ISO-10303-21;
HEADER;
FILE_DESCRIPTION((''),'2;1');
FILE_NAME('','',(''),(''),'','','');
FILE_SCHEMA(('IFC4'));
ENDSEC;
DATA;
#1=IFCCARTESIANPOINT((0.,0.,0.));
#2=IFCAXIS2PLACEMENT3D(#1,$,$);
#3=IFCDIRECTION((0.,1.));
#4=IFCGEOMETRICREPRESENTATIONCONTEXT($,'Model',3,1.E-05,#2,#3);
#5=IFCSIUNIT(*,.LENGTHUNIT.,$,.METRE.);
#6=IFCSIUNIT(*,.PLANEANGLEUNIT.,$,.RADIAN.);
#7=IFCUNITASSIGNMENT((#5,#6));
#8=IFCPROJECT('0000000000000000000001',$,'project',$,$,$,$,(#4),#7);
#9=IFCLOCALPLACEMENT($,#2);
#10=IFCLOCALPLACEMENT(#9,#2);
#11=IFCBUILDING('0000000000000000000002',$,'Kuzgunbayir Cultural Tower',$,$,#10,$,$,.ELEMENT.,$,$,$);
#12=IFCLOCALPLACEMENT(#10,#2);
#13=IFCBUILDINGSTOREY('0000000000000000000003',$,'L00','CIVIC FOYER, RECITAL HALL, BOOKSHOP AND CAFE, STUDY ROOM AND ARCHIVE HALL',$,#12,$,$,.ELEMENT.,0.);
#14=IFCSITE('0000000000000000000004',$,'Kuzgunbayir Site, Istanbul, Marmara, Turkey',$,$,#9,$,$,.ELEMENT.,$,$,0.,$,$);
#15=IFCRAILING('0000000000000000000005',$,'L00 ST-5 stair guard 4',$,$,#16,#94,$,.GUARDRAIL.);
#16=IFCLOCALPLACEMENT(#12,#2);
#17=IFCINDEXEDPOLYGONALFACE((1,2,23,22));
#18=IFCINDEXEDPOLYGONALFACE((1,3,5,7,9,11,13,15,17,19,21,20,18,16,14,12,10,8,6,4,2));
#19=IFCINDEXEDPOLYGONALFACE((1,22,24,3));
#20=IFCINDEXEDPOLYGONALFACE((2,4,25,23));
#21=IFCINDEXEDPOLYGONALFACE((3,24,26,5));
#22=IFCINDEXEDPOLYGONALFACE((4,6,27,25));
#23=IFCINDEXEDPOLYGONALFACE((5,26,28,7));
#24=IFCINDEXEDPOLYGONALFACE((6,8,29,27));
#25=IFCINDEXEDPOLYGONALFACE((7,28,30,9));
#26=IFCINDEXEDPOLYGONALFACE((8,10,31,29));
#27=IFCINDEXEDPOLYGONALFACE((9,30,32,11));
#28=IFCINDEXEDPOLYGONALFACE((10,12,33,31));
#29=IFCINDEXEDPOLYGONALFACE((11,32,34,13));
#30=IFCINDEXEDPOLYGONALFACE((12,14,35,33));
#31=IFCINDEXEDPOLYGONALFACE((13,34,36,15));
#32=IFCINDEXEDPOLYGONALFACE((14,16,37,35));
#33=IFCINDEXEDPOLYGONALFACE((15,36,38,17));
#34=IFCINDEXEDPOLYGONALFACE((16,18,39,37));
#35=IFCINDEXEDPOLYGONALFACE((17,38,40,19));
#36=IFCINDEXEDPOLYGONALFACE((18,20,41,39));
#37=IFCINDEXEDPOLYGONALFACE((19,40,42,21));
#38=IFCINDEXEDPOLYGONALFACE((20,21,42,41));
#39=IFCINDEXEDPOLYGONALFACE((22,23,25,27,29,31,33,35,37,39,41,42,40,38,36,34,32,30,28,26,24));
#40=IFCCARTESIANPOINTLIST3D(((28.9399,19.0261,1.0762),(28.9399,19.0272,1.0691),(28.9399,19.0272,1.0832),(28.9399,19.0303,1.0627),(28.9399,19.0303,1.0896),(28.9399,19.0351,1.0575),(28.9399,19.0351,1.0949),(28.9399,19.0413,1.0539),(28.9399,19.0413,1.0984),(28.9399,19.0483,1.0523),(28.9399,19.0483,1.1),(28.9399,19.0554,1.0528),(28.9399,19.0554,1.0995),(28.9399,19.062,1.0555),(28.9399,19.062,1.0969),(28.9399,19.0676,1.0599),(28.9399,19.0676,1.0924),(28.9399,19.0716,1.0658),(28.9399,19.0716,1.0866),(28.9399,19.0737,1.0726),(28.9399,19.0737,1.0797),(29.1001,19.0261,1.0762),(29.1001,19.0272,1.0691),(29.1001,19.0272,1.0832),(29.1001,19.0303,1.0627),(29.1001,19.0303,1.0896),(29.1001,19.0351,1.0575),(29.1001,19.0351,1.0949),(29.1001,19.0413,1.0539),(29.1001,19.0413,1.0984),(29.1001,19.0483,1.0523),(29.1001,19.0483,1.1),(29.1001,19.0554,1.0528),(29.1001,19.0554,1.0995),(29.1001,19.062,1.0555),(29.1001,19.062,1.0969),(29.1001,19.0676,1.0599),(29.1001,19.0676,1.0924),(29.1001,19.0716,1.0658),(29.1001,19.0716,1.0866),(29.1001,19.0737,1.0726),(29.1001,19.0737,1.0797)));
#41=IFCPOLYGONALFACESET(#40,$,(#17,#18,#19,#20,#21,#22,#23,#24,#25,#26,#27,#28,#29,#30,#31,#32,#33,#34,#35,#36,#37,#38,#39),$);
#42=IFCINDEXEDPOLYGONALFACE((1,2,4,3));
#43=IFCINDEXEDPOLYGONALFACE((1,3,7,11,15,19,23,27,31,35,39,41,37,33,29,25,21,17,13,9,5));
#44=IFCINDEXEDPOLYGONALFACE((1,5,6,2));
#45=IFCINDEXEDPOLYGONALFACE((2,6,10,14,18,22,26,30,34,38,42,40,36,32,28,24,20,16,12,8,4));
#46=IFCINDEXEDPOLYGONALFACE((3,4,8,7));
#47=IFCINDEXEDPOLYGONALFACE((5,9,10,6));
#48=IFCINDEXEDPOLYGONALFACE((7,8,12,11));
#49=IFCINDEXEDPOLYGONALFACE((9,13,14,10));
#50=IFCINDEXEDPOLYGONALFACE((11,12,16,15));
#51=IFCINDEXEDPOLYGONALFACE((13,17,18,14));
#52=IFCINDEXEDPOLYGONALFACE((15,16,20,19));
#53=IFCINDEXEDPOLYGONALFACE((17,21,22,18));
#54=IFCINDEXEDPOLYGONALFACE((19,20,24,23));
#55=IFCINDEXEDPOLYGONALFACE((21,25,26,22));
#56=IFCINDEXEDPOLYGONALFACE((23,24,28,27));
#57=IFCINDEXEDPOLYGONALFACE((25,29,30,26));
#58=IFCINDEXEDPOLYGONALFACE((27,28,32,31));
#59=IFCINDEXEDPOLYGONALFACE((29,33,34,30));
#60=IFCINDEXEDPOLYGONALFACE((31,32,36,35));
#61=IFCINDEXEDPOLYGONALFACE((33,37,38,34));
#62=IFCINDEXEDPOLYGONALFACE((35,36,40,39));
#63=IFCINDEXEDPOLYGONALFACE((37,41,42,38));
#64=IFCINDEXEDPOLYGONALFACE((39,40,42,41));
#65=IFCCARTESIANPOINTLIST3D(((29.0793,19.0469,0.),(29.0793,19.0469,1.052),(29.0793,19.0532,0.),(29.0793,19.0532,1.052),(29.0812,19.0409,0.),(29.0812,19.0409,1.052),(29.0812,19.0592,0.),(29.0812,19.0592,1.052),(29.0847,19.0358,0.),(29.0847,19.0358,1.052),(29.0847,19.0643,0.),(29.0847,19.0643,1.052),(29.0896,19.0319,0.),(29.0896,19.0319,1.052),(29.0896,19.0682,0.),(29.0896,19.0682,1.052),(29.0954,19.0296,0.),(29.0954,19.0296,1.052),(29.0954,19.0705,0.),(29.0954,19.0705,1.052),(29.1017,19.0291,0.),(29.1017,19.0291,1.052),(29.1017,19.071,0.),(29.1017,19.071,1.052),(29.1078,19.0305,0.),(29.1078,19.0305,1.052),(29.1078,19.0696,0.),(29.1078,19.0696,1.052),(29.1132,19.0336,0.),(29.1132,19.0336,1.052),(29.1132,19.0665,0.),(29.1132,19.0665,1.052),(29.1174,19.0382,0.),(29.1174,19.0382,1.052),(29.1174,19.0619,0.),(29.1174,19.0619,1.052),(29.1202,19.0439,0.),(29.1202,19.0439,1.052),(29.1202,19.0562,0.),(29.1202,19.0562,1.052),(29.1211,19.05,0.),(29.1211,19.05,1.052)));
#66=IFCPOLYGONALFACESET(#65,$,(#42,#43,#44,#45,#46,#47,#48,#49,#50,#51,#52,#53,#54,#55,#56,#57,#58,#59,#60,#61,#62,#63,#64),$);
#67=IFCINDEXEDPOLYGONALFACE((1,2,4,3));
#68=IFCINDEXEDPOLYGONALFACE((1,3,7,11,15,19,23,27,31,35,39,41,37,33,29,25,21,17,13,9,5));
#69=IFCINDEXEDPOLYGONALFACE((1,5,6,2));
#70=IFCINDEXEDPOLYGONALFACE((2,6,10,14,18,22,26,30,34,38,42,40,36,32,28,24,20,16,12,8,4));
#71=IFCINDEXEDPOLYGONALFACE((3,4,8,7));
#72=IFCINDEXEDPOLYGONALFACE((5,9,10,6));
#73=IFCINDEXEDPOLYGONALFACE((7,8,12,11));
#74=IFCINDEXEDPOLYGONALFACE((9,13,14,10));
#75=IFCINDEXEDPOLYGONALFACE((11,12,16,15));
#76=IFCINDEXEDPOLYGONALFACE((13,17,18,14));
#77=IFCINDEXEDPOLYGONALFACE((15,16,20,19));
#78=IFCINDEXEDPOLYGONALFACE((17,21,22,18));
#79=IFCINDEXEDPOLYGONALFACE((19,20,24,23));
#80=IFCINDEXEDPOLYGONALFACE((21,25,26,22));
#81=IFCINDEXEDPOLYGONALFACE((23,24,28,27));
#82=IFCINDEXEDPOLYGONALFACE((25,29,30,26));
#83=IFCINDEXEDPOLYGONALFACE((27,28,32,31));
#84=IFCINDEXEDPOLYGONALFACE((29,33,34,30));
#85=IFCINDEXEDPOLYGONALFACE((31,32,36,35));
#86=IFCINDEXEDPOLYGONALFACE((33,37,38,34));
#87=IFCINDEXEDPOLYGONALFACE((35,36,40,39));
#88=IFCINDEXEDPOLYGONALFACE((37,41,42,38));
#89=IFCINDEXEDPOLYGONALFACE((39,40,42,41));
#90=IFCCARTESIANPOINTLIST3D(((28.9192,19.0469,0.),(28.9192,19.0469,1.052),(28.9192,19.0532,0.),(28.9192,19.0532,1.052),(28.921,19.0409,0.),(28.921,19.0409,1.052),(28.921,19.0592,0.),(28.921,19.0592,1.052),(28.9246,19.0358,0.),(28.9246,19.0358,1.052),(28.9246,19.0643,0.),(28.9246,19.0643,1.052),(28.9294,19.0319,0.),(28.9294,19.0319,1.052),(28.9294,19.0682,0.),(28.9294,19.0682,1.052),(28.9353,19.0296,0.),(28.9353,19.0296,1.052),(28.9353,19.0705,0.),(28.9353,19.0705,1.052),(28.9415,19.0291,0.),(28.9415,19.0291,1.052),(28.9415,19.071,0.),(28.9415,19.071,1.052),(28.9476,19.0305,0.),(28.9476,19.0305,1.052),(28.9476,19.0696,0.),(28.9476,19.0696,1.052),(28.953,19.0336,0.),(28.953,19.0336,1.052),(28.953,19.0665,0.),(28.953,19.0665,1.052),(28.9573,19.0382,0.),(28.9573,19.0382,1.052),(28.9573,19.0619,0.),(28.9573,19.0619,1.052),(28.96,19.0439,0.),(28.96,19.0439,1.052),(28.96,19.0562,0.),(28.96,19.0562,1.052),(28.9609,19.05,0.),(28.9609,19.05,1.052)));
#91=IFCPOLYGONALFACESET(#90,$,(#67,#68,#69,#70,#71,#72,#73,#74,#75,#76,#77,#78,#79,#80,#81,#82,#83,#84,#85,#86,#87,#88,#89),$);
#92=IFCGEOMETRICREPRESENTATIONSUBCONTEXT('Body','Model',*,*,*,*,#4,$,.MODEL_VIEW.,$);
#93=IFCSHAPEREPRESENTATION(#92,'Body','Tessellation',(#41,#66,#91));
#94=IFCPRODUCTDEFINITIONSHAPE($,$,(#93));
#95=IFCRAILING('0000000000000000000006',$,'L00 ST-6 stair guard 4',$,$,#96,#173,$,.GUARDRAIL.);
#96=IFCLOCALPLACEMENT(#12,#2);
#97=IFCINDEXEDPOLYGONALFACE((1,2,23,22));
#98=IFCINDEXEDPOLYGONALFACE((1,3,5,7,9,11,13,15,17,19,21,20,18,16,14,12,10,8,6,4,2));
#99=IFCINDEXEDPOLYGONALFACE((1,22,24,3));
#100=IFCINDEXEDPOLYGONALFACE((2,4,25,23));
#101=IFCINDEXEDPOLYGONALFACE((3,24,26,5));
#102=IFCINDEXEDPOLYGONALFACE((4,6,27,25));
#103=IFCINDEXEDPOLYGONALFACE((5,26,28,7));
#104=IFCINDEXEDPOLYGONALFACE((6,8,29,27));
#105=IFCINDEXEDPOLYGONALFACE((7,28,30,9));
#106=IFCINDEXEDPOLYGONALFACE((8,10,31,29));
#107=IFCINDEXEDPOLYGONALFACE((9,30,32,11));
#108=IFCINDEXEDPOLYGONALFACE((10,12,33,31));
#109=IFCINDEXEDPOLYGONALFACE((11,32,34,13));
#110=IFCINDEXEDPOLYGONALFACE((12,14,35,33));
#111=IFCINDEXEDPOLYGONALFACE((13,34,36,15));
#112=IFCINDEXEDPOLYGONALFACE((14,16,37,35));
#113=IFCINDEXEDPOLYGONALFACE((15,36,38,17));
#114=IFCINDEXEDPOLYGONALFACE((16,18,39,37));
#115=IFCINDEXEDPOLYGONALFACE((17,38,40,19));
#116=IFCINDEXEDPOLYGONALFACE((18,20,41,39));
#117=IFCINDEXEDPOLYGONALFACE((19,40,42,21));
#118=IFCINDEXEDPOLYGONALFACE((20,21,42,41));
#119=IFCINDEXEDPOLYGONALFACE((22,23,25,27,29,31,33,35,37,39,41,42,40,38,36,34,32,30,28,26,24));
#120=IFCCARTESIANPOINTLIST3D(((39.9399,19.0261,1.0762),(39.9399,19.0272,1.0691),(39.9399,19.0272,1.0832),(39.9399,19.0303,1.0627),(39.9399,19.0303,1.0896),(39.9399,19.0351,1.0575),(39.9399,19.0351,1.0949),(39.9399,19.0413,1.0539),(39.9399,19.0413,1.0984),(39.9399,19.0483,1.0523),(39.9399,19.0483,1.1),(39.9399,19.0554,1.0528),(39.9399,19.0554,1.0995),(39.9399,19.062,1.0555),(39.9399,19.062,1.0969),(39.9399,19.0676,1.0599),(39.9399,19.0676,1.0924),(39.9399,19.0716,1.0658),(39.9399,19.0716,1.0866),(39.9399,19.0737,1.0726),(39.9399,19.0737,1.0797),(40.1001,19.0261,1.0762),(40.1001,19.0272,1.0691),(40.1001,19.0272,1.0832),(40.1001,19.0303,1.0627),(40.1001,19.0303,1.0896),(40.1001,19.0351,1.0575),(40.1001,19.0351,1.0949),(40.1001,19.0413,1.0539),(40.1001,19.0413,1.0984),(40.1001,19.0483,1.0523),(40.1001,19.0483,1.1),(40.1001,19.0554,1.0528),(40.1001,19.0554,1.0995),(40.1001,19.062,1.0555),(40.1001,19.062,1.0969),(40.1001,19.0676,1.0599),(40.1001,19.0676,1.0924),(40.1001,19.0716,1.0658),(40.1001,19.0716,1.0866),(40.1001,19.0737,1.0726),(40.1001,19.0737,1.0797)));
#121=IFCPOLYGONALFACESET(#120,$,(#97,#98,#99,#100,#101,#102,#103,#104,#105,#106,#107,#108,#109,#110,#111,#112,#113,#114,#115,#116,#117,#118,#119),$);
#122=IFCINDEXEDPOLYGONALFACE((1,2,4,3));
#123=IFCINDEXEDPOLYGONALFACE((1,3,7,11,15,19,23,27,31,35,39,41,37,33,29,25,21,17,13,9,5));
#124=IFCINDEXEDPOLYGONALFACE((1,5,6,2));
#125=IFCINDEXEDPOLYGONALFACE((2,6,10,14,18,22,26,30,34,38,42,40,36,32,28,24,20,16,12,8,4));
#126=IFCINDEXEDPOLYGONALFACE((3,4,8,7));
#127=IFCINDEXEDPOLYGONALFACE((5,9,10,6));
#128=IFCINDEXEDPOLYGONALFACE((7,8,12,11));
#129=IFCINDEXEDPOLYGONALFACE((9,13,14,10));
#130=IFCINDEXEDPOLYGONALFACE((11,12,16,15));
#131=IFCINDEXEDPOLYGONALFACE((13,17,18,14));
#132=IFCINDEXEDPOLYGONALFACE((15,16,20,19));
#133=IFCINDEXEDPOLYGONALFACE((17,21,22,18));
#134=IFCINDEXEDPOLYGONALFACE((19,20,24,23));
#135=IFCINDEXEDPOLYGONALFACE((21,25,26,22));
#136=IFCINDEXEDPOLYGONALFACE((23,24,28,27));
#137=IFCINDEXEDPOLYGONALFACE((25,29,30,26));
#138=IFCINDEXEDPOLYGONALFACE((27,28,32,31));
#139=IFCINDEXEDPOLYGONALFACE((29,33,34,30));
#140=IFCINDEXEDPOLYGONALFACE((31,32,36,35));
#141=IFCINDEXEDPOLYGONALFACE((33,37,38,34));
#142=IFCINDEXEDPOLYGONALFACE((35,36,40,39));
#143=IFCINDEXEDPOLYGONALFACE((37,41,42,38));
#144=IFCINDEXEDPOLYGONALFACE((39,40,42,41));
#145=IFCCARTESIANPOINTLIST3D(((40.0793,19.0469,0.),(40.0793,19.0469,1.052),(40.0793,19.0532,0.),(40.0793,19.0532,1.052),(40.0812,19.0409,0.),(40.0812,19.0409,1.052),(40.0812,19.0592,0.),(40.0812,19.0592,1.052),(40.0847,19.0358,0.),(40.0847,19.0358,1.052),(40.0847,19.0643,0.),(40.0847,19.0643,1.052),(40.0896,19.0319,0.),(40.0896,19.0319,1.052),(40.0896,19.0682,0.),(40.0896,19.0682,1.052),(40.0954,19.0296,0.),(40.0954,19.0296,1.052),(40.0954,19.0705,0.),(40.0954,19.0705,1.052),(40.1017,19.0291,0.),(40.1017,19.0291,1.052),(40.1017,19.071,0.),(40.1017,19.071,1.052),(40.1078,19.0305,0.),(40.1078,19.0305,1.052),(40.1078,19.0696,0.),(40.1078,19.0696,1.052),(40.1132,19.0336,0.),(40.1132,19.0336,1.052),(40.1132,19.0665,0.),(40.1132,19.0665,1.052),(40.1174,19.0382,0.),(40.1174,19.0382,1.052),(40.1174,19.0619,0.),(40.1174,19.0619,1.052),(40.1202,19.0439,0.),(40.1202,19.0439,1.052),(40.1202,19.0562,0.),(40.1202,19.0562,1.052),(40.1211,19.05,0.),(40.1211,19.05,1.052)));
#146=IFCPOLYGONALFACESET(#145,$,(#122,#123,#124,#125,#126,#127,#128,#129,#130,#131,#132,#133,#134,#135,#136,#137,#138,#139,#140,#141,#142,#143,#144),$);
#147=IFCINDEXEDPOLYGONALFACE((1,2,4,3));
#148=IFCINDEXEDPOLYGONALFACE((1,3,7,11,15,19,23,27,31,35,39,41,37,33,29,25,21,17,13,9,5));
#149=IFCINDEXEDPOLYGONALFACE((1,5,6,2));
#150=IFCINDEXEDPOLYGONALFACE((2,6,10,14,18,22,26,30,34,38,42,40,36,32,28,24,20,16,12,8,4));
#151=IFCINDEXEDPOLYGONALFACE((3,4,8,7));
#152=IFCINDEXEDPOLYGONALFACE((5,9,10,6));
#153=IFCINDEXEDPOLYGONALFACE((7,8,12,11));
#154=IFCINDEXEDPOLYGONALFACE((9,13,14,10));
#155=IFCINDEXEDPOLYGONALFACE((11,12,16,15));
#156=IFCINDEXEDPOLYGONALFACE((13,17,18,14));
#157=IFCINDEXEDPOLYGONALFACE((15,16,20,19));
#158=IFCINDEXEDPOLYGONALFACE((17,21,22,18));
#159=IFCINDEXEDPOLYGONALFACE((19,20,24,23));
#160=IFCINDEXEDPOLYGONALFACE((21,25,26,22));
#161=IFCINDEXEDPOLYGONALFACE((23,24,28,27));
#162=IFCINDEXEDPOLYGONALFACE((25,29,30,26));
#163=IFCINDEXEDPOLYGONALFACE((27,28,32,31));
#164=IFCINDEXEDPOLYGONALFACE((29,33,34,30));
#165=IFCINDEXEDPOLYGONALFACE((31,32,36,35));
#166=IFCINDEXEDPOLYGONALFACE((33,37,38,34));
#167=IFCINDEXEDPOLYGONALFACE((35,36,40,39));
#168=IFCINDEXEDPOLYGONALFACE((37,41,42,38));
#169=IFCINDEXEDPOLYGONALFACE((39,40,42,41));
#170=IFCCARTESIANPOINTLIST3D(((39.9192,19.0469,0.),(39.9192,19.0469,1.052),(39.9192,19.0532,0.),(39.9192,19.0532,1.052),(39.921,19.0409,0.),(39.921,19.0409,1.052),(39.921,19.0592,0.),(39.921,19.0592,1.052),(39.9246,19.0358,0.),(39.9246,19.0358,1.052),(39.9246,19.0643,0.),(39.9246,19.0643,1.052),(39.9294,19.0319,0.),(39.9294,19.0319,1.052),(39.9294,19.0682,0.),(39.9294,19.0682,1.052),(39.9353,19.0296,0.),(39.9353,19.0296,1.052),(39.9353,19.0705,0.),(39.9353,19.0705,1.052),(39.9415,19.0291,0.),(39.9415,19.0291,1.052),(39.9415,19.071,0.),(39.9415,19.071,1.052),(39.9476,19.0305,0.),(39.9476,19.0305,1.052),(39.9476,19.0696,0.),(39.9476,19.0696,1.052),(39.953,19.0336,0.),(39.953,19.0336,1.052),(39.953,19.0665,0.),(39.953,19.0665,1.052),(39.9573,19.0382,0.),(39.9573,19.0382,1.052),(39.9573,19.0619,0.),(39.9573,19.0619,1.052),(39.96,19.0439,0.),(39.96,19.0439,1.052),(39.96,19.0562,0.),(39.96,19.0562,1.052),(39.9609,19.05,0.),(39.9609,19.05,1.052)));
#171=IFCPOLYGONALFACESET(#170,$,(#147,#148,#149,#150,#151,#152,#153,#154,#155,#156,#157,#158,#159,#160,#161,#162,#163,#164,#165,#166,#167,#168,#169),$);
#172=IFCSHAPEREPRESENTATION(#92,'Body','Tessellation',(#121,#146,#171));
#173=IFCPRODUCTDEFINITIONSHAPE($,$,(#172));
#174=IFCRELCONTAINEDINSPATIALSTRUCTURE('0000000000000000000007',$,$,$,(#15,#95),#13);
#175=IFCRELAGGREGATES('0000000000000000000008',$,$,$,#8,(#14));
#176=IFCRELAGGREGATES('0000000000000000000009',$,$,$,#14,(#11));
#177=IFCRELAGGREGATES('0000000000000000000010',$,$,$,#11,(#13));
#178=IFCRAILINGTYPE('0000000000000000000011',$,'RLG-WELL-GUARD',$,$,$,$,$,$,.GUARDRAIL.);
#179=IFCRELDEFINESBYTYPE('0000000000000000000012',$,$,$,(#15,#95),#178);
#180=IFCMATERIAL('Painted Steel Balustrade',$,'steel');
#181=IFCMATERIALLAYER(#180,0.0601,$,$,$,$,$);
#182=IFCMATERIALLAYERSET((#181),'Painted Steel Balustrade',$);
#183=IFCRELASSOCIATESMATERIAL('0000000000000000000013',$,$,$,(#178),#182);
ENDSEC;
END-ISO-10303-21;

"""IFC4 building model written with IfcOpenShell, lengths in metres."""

from ifc_helpers import new_model, si_unit, direction, frame, origin, origin_2d, place, context, subcontext, project, spatial, circle, extrude, material, layer, layer_set, type_object, element, save


model = new_model("IFC4")

# Units and contexts
model_context = context("Model", 3, precision=1e-05, world=origin(), true_north=direction((0.0, 1.0)))
body_context = subcontext(model_context, "Body", "Model", "MODEL_VIEW")
ifc_project = project(units=[si_unit("LENGTHUNIT", "METRE"), si_unit("PLANEANGLEUNIT", "RADIAN")], contexts=[model_context])

# Site, building, storey
site_placement = place(None, origin())
site = spatial("IfcSite", under=ifc_project, at=site_placement, Name="Kuzgunbayir Site, Istanbul, Marmara, Turkey", CompositionType="ELEMENT", RefElevation=0.0)
building_placement = place(site_placement, origin())
building = spatial("IfcBuilding", under=site, at=building_placement, Name="Kuzgunbayir Cultural Tower", CompositionType="ELEMENT")
storey_placement = place(building_placement, origin())
storey = spatial("IfcBuildingStorey", under=building, at=storey_placement, Name="L00", Description="CIVIC FOYER, RECITAL HALL, BOOKSHOP AND CAFE, STUDY ROOM AND ARCHIVE HALL", CompositionType="ELEMENT", Elevation=0.0)

# Railings
ifc_material_1 = material(Name="Painted Steel Balustrade", Category="steel")
ifc_layer_1 = layer(ifc_material_1, 0.0601)
ifc_layer_set_1 = layer_set([ifc_layer_1], Name="Painted Steel Balustrade")
railing_type_1 = type_object("IfcRailingType", Name="RLG-WELL-GUARD", PredefinedType="GUARDRAIL", material=ifc_layer_set_1)
for number, where, name in (
    (1, (29.1001, 19.05, 0.0), "L00 ST-5 stair guard 4"),
    (2, (40.1001, 19.05, 0.0), "L00 ST-6 stair guard 4"),
):
    element("IfcRailing", number, at=place(storey_placement, frame(where)), inside=storey, type_object=railing_type_1, Name=name, PredefinedType="GUARDRAIL", context=body_context, shape_type="SweptSolid", body=[
        extrude(circle(Radius=0.0239, at=origin_2d()), frame((0.0, 0.0, 1.0762), z_axis=(-1.0, 0.0, 0.0), x_axis=(0.0, -1.0, 0.0)), (0.0, 0.0, 1.0), 0.1602),
        extrude(circle(Radius=0.021, at=origin_2d()), origin(), (0.0, 0.0, 1.0), 1.052),
        extrude(circle(Radius=0.021, at=origin_2d()), frame((-0.1602, 0.0, 0.0)), (0.0, 0.0, 1.0), 1.052),
    ])

save(model, "model.ifc")
